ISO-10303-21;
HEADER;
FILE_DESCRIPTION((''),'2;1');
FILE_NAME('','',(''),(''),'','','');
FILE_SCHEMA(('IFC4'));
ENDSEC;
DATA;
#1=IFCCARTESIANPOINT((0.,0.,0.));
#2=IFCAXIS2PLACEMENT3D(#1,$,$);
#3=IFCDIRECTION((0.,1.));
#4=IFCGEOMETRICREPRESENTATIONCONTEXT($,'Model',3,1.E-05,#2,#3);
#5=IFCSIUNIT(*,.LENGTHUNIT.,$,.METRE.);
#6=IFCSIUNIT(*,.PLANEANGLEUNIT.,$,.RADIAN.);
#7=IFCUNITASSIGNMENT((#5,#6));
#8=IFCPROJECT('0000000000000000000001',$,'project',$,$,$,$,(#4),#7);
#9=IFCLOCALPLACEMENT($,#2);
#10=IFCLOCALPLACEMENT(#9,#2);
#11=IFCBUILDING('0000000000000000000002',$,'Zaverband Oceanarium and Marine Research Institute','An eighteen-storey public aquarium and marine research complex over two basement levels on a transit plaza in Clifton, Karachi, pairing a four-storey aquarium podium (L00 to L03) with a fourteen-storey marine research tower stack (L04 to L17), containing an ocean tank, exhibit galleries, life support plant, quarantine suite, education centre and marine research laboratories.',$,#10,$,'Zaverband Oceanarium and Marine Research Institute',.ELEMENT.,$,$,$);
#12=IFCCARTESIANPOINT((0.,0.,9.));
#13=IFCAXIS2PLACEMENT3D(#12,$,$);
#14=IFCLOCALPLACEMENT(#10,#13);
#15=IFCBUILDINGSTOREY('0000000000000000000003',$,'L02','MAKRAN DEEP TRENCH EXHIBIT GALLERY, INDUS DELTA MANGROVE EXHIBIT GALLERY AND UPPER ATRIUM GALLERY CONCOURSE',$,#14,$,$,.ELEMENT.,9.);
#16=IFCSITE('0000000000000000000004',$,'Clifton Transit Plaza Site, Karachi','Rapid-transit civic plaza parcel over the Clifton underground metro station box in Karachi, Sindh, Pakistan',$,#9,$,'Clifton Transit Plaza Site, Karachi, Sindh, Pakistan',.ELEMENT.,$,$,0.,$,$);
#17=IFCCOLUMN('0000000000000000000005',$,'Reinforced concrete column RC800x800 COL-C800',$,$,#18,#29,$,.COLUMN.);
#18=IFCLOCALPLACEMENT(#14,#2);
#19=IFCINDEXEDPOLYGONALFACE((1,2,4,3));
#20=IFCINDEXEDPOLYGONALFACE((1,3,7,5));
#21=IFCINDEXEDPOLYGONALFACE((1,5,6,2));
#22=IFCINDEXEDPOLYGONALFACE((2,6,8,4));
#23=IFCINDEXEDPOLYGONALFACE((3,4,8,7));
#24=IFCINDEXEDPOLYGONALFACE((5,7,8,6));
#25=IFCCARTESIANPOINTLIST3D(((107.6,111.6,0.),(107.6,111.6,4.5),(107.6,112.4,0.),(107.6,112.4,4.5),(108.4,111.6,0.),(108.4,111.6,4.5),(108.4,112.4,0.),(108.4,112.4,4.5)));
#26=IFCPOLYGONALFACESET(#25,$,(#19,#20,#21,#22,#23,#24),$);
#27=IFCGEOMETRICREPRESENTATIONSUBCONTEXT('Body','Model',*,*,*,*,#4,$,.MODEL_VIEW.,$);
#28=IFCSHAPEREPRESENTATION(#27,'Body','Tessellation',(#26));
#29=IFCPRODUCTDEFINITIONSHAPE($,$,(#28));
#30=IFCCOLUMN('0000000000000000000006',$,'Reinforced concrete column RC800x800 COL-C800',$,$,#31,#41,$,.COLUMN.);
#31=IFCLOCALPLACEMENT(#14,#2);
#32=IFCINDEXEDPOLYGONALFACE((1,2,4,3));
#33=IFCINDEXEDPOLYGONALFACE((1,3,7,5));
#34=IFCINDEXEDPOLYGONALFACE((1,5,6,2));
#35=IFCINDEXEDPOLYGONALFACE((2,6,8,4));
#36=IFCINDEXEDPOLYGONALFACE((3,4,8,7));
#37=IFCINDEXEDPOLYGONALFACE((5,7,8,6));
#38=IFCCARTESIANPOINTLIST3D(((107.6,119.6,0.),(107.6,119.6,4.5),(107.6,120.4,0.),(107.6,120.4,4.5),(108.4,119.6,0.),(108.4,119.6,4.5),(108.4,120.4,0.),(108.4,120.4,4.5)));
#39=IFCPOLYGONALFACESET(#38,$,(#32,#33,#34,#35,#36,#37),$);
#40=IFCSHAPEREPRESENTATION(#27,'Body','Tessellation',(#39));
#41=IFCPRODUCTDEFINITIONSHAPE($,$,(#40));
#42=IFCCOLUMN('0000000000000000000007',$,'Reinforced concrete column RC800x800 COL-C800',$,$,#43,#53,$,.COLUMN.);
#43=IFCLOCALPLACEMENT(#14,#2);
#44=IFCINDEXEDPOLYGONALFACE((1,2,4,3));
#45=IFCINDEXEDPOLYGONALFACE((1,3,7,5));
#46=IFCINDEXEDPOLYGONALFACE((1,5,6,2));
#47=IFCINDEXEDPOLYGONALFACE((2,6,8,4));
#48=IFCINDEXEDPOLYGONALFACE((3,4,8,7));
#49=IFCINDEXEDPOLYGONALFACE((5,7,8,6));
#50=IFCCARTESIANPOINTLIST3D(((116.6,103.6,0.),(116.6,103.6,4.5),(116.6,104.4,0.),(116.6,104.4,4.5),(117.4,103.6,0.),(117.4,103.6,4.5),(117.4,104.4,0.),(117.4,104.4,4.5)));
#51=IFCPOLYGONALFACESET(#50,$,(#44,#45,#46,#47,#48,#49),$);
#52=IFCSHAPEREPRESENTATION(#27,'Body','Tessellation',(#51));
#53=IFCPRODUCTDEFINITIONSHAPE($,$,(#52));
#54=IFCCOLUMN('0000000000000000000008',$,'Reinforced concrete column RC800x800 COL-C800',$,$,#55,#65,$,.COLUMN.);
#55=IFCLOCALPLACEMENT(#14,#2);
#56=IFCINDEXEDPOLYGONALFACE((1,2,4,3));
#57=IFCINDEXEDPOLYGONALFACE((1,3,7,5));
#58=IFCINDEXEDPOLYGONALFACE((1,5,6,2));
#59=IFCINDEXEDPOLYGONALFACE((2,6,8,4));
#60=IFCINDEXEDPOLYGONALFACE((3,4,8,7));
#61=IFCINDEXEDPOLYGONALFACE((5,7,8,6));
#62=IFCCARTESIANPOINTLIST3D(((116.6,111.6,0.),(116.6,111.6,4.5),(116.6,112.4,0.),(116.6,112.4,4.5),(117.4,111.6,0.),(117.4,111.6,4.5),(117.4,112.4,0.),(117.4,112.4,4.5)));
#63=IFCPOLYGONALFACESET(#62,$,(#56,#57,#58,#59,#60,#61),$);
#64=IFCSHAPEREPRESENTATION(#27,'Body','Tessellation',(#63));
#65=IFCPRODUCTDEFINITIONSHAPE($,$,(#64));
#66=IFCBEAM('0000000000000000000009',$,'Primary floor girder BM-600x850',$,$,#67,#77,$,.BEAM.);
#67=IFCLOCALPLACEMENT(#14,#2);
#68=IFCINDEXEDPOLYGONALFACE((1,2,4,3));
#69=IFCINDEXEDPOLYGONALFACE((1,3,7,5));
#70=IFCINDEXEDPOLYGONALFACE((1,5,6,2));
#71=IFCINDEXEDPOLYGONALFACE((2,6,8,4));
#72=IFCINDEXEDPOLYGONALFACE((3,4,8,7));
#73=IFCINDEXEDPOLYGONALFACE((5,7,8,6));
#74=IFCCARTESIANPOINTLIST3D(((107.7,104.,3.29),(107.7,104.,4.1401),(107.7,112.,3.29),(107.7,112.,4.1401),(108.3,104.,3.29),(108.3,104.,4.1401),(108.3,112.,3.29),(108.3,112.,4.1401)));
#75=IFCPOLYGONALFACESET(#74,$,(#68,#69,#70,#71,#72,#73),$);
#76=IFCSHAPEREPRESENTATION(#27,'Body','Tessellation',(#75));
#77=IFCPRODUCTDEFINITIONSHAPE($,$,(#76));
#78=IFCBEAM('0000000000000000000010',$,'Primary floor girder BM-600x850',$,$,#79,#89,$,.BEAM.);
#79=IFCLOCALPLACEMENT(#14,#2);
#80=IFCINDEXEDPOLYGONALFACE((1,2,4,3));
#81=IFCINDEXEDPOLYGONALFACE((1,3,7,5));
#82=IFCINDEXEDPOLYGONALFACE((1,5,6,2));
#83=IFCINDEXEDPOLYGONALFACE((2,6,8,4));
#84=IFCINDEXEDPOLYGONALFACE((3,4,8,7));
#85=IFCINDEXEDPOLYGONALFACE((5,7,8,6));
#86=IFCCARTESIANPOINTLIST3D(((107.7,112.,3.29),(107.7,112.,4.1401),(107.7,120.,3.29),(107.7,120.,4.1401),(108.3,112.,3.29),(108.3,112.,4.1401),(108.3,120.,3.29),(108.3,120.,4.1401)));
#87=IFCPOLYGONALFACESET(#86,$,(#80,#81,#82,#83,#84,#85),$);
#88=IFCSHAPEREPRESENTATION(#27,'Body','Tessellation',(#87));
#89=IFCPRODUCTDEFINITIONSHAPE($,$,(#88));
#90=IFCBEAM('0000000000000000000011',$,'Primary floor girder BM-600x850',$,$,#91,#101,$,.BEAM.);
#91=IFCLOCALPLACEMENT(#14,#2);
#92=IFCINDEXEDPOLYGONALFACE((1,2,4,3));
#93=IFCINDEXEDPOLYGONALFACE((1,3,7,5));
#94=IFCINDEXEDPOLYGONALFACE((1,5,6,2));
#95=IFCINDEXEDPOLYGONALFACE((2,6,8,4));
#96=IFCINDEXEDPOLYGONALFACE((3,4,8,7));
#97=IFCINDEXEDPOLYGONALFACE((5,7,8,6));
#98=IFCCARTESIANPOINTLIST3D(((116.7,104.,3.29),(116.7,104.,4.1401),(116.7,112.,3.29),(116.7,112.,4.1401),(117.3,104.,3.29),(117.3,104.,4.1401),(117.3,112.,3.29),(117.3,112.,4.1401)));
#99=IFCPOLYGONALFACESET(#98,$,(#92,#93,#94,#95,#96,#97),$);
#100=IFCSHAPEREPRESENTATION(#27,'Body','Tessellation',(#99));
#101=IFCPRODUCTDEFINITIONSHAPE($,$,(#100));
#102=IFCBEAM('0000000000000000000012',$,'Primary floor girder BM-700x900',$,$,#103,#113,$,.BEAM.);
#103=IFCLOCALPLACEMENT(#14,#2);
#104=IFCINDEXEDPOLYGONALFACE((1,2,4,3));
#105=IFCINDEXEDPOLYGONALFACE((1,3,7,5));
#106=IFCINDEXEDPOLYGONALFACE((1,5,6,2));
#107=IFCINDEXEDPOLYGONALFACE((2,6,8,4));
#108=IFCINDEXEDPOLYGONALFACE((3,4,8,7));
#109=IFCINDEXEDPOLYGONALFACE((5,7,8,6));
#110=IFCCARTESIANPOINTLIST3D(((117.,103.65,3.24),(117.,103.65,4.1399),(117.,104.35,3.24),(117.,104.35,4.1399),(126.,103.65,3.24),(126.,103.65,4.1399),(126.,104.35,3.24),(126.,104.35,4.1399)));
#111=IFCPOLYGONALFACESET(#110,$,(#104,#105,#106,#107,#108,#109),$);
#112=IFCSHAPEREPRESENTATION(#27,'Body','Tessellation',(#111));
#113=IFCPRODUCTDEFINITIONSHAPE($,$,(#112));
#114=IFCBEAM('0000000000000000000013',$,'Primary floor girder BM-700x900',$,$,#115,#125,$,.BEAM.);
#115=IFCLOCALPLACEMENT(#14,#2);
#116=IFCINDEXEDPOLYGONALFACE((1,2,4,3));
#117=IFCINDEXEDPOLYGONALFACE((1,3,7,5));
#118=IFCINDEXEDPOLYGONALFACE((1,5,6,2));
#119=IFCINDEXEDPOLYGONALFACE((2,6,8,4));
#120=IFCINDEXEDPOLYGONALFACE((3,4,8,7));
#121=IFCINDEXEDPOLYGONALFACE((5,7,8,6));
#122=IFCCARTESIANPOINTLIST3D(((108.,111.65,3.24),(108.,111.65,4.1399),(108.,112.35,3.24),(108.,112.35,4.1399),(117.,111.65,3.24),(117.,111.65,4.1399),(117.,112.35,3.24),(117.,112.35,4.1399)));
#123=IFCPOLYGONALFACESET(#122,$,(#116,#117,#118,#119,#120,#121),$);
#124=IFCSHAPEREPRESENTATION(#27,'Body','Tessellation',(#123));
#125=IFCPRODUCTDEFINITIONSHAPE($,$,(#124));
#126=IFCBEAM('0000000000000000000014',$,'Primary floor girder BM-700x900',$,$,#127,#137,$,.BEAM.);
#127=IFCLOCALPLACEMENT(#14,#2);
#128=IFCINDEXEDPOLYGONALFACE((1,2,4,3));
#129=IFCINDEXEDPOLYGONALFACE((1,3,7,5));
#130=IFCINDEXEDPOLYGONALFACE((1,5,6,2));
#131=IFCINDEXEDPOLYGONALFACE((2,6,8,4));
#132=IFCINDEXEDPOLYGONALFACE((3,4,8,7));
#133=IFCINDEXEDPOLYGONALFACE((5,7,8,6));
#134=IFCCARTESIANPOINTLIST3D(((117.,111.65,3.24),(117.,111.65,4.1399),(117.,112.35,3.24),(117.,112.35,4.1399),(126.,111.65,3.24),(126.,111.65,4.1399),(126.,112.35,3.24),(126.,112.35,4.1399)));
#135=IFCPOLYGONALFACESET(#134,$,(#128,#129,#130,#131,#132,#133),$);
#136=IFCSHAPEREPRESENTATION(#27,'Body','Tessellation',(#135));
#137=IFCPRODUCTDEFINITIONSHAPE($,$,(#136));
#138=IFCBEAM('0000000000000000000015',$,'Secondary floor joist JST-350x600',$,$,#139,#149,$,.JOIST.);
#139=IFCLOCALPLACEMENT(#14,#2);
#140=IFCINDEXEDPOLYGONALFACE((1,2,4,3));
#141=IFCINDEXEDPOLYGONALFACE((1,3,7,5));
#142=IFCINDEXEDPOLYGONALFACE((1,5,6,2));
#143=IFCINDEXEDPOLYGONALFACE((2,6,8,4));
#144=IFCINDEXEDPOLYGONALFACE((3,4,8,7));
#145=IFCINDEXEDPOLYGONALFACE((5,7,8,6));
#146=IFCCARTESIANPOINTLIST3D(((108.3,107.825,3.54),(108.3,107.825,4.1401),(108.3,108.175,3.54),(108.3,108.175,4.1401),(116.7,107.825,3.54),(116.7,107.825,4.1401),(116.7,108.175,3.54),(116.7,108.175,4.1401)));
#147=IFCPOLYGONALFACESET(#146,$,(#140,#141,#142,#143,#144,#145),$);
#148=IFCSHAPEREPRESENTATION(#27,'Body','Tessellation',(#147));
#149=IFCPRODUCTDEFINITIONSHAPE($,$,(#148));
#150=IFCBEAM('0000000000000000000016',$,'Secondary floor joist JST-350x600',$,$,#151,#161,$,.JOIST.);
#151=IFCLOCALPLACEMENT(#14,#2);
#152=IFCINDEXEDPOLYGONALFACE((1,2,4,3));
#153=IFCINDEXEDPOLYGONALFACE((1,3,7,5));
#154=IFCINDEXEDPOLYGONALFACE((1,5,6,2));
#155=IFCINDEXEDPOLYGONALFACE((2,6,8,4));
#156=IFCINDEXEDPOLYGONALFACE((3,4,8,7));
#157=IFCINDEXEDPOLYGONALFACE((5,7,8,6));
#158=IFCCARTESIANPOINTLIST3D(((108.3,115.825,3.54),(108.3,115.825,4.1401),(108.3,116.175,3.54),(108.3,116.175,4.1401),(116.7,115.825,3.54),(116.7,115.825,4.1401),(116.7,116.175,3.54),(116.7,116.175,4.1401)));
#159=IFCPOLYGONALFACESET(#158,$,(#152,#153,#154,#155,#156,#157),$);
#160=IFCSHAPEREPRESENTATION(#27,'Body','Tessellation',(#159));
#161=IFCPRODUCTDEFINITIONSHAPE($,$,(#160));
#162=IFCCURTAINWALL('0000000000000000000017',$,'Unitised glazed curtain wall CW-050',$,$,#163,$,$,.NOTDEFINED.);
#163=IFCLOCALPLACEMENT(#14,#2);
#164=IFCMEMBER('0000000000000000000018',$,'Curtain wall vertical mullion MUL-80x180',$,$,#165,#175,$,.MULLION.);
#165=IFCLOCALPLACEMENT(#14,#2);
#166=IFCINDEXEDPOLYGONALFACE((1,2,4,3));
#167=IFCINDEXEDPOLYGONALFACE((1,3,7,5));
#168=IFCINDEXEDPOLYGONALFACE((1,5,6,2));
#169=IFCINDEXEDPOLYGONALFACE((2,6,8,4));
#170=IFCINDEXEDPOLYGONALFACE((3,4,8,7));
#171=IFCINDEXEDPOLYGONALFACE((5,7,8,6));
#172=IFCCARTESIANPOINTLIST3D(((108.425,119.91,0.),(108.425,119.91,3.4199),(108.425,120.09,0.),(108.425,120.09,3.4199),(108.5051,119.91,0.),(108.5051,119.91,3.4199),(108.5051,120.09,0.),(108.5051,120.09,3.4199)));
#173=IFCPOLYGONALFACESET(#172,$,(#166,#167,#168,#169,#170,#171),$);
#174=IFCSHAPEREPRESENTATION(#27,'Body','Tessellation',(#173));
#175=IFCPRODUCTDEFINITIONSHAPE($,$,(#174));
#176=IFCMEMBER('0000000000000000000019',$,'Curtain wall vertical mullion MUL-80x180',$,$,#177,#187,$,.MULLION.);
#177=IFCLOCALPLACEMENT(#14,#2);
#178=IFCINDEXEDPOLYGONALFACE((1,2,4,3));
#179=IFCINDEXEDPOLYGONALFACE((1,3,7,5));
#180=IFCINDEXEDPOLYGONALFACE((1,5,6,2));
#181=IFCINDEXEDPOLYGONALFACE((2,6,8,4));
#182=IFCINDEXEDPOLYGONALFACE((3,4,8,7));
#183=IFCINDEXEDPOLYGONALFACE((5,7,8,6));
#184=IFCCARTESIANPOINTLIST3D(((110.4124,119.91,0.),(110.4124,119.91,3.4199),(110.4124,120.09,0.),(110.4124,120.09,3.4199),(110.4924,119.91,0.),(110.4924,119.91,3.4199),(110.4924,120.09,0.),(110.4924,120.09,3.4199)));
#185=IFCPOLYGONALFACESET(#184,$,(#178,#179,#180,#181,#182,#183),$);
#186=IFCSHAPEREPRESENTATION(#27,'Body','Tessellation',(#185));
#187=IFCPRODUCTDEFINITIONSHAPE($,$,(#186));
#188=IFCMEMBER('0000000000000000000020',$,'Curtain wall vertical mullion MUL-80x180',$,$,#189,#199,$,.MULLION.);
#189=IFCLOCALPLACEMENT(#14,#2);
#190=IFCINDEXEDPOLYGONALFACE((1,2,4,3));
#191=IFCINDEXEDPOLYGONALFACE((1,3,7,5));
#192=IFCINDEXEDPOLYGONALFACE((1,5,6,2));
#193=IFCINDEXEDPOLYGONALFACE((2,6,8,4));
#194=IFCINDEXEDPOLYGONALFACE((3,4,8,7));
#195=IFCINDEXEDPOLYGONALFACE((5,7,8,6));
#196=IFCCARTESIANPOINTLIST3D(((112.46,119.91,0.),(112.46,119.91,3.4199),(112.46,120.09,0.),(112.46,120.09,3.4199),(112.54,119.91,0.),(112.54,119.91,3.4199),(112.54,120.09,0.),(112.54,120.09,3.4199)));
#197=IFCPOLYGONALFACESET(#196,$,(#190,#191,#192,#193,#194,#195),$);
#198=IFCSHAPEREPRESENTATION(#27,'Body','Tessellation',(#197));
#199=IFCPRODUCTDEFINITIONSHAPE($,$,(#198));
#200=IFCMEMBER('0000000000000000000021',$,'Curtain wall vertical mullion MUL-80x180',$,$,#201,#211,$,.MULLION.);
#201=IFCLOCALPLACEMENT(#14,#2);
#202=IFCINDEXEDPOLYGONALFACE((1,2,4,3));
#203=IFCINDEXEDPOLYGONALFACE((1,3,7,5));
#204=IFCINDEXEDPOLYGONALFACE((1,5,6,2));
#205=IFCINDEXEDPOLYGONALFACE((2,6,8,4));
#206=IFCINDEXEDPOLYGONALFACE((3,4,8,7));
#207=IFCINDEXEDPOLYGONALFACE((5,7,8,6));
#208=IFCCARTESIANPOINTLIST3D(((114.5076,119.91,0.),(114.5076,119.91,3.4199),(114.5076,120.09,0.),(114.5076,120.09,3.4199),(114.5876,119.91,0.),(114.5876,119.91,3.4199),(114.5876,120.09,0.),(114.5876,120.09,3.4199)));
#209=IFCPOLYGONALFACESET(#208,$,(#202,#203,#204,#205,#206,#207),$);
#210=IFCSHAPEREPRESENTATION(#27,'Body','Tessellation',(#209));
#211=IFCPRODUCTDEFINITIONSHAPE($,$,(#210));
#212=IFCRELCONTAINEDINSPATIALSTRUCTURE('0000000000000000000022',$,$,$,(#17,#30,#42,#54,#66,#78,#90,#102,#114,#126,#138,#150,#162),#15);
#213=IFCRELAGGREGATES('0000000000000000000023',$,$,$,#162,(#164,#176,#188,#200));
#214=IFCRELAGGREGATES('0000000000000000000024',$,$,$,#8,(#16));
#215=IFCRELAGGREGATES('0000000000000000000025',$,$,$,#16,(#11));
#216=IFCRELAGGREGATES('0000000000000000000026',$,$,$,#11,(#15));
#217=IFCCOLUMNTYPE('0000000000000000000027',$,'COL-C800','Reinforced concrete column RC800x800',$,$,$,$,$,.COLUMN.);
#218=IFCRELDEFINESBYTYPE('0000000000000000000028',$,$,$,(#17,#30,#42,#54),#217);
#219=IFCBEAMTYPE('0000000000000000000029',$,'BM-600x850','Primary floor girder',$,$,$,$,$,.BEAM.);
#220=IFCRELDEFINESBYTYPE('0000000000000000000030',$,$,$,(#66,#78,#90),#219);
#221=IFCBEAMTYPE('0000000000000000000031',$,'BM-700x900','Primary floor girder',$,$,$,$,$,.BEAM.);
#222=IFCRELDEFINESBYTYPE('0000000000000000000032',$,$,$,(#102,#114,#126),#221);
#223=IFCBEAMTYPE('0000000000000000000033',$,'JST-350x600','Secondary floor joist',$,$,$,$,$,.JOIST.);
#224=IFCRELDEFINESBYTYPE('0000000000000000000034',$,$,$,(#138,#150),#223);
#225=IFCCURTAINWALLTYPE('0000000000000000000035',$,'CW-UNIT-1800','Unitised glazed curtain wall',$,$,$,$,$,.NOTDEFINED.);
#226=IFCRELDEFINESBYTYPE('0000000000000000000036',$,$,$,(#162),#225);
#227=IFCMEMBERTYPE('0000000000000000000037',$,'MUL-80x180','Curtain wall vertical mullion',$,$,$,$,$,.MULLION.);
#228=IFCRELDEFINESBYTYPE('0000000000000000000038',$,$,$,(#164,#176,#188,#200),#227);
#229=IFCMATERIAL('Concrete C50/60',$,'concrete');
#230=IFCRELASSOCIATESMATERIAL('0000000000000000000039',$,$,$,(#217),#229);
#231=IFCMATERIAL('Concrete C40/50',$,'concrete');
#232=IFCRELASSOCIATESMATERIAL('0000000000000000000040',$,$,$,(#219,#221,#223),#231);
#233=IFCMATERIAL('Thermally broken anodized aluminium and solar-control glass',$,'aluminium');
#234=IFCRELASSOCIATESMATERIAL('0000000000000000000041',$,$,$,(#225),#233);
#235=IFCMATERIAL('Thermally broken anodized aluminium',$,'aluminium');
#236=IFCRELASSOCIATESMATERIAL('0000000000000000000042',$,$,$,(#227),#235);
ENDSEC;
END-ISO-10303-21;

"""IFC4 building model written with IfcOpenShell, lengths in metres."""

from ifc_helpers import new_model, si_unit, direction, frame, origin, origin_2d, place, context, subcontext, project, spatial, rectangle, extrude, material, material_profile, profile_set, type_object, element, aggregate, save


model = new_model("IFC4")

# Units and contexts
model_context = context("Model", 3, precision=1e-05, world=origin(), true_north=direction((0.0, 1.0)))
body_context = subcontext(model_context, "Body", "Model", "MODEL_VIEW")
ifc_project = project(units=[si_unit("LENGTHUNIT", "METRE"), si_unit("PLANEANGLEUNIT", "RADIAN")], contexts=[model_context])

# Site, building, storey
site_placement = place(None, origin())
site = spatial("IfcSite", under=ifc_project, at=site_placement, Name="Clifton Transit Plaza Site, Karachi", Description="Rapid-transit civic plaza parcel over the Clifton underground metro station box in Karachi, Sindh, Pakistan", LongName="Clifton Transit Plaza Site, Karachi, Sindh, Pakistan", CompositionType="ELEMENT", RefElevation=0.0)
building_placement = place(site_placement, origin())
building = spatial("IfcBuilding", under=site, at=building_placement, Name="Zaverband Oceanarium and Marine Research Institute", Description="An eighteen-storey public aquarium and marine research complex over two basement levels on a transit plaza in Clifton, Karachi, pairing a four-storey aquarium podium (L00 to L03) with a fourteen-storey marine research tower stack (L04 to L17), containing an ocean tank, exhibit galleries, life support plant, quarantine suite, education centre and marine research laboratories.", LongName="Zaverband Oceanarium and Marine Research Institute", CompositionType="ELEMENT")
storey_placement = place(building_placement, frame((0.0, 0.0, 9.0)))
storey = spatial("IfcBuildingStorey", under=building, at=storey_placement, Name="L02", Description="MAKRAN DEEP TRENCH EXHIBIT GALLERY, INDUS DELTA MANGROVE EXHIBIT GALLERY AND UPPER ATRIUM GALLERY CONCOURSE", CompositionType="ELEMENT", Elevation=9.0)

# Columns
ifc_material_1 = material(Name="Concrete C50/60", Category="concrete")
ifc_material_profile_1 = material_profile(ifc_material_1, rectangle(XDim=0.8, YDim=0.8, at=origin_2d()), Name="RC800x800")
ifc_profile_set_1 = profile_set([ifc_material_profile_1], Name="Concrete C50/60")
column_type = type_object("IfcColumnType", Name="COL-C800", Description="Reinforced concrete column RC800x800", PredefinedType="COLUMN", material=ifc_profile_set_1)
for number, where, z_axis, x_axis, name in (
    (1, (108.0, 112.0, 0.0), (0.0, 0.0, 1.0), (1.0, 0.0, 0.0), "Reinforced concrete column RC800x800 COL-C800"),
    (2, (108.0, 120.0, 0.0), (0.0, 0.0, 1.0), (1.0, 0.0, 0.0), "Reinforced concrete column RC800x800 COL-C800"),
    (3, (117.0, 104.0, 0.0), (0.0, 0.0, 1.0), (1.0, 0.0, 0.0), "Reinforced concrete column RC800x800 COL-C800"),
    (4, (117.0, 112.0, 0.0), (0.0, 0.0, 1.0), (1.0, 0.0, 0.0), "Reinforced concrete column RC800x800 COL-C800"),
):
    element("IfcColumn", number, at=place(storey_placement, frame(where, z_axis=z_axis, x_axis=x_axis)), inside=storey, type_object=column_type, Name=name, PredefinedType="COLUMN", context=body_context, shape_type="SweptSolid", body=[
        extrude(rectangle(XDim=0.8, YDim=0.8, at=origin_2d()), origin(), (0.0, 0.0, 1.0), 4.5),
    ])

# Beams
ifc_material_2 = material(Name="Concrete C40/50", Category="concrete")
ifc_material_profile_2 = material_profile(ifc_material_2, rectangle(XDim=0.6001, YDim=0.8501, at=origin_2d()), Name="RC600x850")
ifc_profile_set_2 = profile_set([ifc_material_profile_2], Name="Concrete C40/50")
beam_type_1 = type_object("IfcBeamType", Name="BM-600x850", Description="Primary floor girder", PredefinedType="BEAM", material=ifc_profile_set_2)
for number, where, z_axis, x_axis, name in (
    (5, (108.0, 104.0, 3.7151), (0.0, 1.0, 0.0), (-1.0, 0.0, 0.0), "Primary floor girder BM-600x850"),
    (6, (108.0, 112.0, 3.7151), (0.0, 1.0, 0.0), (-1.0, 0.0, 0.0), "Primary floor girder BM-600x850"),
    (7, (117.0, 104.0, 3.7151), (0.0, 1.0, 0.0), (-1.0, 0.0, 0.0), "Primary floor girder BM-600x850"),
):
    element("IfcBeam", number, at=place(storey_placement, frame(where, z_axis=z_axis, x_axis=x_axis)), inside=storey, type_object=beam_type_1, Name=name, PredefinedType="BEAM", context=body_context, shape_type="SweptSolid", body=[
        extrude(rectangle(XDim=0.6001, YDim=0.8501, at=origin_2d()), origin(), (0.0, 0.0, 1.0), 8.0),
    ])
ifc_material_profile_3 = material_profile(ifc_material_2, rectangle(XDim=0.7, YDim=0.8999, at=origin_2d()), Name="RC700x900")
ifc_profile_set_3 = profile_set([ifc_material_profile_3], Name="Concrete C40/50")
beam_type_2 = type_object("IfcBeamType", Name="BM-700x900", Description="Primary floor girder", PredefinedType="BEAM", material=ifc_profile_set_3)
for number, where, z_axis, x_axis, name in (
    (8, (117.0, 104.0, 3.6899), (1.0, 0.0, 0.0), (0.0, 1.0, 0.0), "Primary floor girder BM-700x900"),
    (9, (108.0, 112.0, 3.6899), (1.0, 0.0, 0.0), (0.0, 1.0, 0.0), "Primary floor girder BM-700x900"),
    (10, (117.0, 112.0, 3.6899), (1.0, 0.0, 0.0), (0.0, 1.0, 0.0), "Primary floor girder BM-700x900"),
):
    element("IfcBeam", number, at=place(storey_placement, frame(where, z_axis=z_axis, x_axis=x_axis)), inside=storey, type_object=beam_type_2, Name=name, PredefinedType="BEAM", context=body_context, shape_type="SweptSolid", body=[
        extrude(rectangle(XDim=0.7, YDim=0.8999, at=origin_2d()), origin(), (0.0, 0.0, 1.0), 9.0),
    ])
ifc_material_profile_4 = material_profile(ifc_material_2, rectangle(XDim=0.3501, YDim=0.6001, at=origin_2d()), Name="RC350x600")
ifc_profile_set_4 = profile_set([ifc_material_profile_4], Name="Concrete C40/50")
beam_type_3 = type_object("IfcBeamType", Name="JST-350x600", Description="Secondary floor joist", PredefinedType="JOIST", material=ifc_profile_set_4)
for number, where, z_axis, x_axis, name in (
    (11, (108.3, 108.0, 3.8401), (1.0, 0.0, 0.0), (0.0, 1.0, 0.0), "Secondary floor joist JST-350x600"),
    (12, (108.3, 116.0, 3.8401), (1.0, 0.0, 0.0), (0.0, 1.0, 0.0), "Secondary floor joist JST-350x600"),
):
    element("IfcBeam", number, at=place(storey_placement, frame(where, z_axis=z_axis, x_axis=x_axis)), inside=storey, type_object=beam_type_3, Name=name, PredefinedType="JOIST", context=body_context, shape_type="SweptSolid", body=[
        extrude(rectangle(XDim=0.3501, YDim=0.6001, at=origin_2d()), origin(), (0.0, 0.0, 1.0), 8.3999),
    ])

# Curtain wall, members
ifc_material_3 = material(Name="Thermally broken anodized aluminium and solar-control glass", Category="aluminium")
curtain_wall_type = type_object("IfcCurtainWallType", Name="CW-UNIT-1800", Description="Unitised glazed curtain wall", PredefinedType="NOTDEFINED", material=ifc_material_3)
curtain_wall_placement = place(storey_placement, origin())
curtain_wall = element("IfcCurtainWall", 13, at=curtain_wall_placement, inside=storey, type_object=curtain_wall_type, Name="Unitised glazed curtain wall CW-050", PredefinedType="NOTDEFINED")
ifc_material_4 = material(Name="Thermally broken anodized aluminium", Category="aluminium")
ifc_material_profile_5 = material_profile(ifc_material_4, rectangle(XDim=0.0801, YDim=0.1799, at=origin_2d()), Name="AL-MUL-80x180")
ifc_profile_set_5 = profile_set([ifc_material_profile_5], Name="Thermally broken anodized aluminium")
member_type_1 = type_object("IfcMemberType", Name="MUL-80x180", Description="Curtain wall vertical mullion", PredefinedType="MULLION", material=ifc_profile_set_5)
member_1_placement = place(storey_placement, frame((108.4651, 120.0, 0.0), z_axis=(0.0, 0.0, 1.0), x_axis=(1.0, 0.0, 0.0)))
member_1 = element("IfcMember", 14, at=member_1_placement, type_object=member_type_1, Name="Curtain wall vertical mullion MUL-80x180", PredefinedType="MULLION", context=body_context, shape_type="SweptSolid", body=[
    extrude(rectangle(XDim=0.0801, YDim=0.1799, at=origin_2d()), origin(), (0.0, 0.0, 1.0), 3.4199),
])
member_2_placement = place(storey_placement, frame((110.4524, 120.0, 0.0), z_axis=(0.0, 0.0, 1.0), x_axis=(1.0, 0.0, 0.0)))
member_2 = element("IfcMember", 15, at=member_2_placement, type_object=member_type_1, Name="Curtain wall vertical mullion MUL-80x180", PredefinedType="MULLION", context=body_context, shape_type="SweptSolid", body=[
    extrude(rectangle(XDim=0.0801, YDim=0.1799, at=origin_2d()), origin(), (0.0, 0.0, 1.0), 3.4199),
])
member_3_placement = place(storey_placement, frame((112.5, 120.0, 0.0), z_axis=(0.0, 0.0, 1.0), x_axis=(1.0, 0.0, 0.0)))
member_3 = element("IfcMember", 16, at=member_3_placement, type_object=member_type_1, Name="Curtain wall vertical mullion MUL-80x180", PredefinedType="MULLION", context=body_context, shape_type="SweptSolid", body=[
    extrude(rectangle(XDim=0.0801, YDim=0.1799, at=origin_2d()), origin(), (0.0, 0.0, 1.0), 3.4199),
])
member_4_placement = place(storey_placement, frame((114.5476, 120.0, 0.0), z_axis=(0.0, 0.0, 1.0), x_axis=(1.0, 0.0, 0.0)))
member_4 = element("IfcMember", 17, at=member_4_placement, type_object=member_type_1, Name="Curtain wall vertical mullion MUL-80x180", PredefinedType="MULLION", context=body_context, shape_type="SweptSolid", body=[
    extrude(rectangle(XDim=0.0801, YDim=0.1799, at=origin_2d()), origin(), (0.0, 0.0, 1.0), 3.4199),
])

aggregate(curtain_wall, [member_1, member_2, member_3, member_4])

save(model, "model.ifc")
